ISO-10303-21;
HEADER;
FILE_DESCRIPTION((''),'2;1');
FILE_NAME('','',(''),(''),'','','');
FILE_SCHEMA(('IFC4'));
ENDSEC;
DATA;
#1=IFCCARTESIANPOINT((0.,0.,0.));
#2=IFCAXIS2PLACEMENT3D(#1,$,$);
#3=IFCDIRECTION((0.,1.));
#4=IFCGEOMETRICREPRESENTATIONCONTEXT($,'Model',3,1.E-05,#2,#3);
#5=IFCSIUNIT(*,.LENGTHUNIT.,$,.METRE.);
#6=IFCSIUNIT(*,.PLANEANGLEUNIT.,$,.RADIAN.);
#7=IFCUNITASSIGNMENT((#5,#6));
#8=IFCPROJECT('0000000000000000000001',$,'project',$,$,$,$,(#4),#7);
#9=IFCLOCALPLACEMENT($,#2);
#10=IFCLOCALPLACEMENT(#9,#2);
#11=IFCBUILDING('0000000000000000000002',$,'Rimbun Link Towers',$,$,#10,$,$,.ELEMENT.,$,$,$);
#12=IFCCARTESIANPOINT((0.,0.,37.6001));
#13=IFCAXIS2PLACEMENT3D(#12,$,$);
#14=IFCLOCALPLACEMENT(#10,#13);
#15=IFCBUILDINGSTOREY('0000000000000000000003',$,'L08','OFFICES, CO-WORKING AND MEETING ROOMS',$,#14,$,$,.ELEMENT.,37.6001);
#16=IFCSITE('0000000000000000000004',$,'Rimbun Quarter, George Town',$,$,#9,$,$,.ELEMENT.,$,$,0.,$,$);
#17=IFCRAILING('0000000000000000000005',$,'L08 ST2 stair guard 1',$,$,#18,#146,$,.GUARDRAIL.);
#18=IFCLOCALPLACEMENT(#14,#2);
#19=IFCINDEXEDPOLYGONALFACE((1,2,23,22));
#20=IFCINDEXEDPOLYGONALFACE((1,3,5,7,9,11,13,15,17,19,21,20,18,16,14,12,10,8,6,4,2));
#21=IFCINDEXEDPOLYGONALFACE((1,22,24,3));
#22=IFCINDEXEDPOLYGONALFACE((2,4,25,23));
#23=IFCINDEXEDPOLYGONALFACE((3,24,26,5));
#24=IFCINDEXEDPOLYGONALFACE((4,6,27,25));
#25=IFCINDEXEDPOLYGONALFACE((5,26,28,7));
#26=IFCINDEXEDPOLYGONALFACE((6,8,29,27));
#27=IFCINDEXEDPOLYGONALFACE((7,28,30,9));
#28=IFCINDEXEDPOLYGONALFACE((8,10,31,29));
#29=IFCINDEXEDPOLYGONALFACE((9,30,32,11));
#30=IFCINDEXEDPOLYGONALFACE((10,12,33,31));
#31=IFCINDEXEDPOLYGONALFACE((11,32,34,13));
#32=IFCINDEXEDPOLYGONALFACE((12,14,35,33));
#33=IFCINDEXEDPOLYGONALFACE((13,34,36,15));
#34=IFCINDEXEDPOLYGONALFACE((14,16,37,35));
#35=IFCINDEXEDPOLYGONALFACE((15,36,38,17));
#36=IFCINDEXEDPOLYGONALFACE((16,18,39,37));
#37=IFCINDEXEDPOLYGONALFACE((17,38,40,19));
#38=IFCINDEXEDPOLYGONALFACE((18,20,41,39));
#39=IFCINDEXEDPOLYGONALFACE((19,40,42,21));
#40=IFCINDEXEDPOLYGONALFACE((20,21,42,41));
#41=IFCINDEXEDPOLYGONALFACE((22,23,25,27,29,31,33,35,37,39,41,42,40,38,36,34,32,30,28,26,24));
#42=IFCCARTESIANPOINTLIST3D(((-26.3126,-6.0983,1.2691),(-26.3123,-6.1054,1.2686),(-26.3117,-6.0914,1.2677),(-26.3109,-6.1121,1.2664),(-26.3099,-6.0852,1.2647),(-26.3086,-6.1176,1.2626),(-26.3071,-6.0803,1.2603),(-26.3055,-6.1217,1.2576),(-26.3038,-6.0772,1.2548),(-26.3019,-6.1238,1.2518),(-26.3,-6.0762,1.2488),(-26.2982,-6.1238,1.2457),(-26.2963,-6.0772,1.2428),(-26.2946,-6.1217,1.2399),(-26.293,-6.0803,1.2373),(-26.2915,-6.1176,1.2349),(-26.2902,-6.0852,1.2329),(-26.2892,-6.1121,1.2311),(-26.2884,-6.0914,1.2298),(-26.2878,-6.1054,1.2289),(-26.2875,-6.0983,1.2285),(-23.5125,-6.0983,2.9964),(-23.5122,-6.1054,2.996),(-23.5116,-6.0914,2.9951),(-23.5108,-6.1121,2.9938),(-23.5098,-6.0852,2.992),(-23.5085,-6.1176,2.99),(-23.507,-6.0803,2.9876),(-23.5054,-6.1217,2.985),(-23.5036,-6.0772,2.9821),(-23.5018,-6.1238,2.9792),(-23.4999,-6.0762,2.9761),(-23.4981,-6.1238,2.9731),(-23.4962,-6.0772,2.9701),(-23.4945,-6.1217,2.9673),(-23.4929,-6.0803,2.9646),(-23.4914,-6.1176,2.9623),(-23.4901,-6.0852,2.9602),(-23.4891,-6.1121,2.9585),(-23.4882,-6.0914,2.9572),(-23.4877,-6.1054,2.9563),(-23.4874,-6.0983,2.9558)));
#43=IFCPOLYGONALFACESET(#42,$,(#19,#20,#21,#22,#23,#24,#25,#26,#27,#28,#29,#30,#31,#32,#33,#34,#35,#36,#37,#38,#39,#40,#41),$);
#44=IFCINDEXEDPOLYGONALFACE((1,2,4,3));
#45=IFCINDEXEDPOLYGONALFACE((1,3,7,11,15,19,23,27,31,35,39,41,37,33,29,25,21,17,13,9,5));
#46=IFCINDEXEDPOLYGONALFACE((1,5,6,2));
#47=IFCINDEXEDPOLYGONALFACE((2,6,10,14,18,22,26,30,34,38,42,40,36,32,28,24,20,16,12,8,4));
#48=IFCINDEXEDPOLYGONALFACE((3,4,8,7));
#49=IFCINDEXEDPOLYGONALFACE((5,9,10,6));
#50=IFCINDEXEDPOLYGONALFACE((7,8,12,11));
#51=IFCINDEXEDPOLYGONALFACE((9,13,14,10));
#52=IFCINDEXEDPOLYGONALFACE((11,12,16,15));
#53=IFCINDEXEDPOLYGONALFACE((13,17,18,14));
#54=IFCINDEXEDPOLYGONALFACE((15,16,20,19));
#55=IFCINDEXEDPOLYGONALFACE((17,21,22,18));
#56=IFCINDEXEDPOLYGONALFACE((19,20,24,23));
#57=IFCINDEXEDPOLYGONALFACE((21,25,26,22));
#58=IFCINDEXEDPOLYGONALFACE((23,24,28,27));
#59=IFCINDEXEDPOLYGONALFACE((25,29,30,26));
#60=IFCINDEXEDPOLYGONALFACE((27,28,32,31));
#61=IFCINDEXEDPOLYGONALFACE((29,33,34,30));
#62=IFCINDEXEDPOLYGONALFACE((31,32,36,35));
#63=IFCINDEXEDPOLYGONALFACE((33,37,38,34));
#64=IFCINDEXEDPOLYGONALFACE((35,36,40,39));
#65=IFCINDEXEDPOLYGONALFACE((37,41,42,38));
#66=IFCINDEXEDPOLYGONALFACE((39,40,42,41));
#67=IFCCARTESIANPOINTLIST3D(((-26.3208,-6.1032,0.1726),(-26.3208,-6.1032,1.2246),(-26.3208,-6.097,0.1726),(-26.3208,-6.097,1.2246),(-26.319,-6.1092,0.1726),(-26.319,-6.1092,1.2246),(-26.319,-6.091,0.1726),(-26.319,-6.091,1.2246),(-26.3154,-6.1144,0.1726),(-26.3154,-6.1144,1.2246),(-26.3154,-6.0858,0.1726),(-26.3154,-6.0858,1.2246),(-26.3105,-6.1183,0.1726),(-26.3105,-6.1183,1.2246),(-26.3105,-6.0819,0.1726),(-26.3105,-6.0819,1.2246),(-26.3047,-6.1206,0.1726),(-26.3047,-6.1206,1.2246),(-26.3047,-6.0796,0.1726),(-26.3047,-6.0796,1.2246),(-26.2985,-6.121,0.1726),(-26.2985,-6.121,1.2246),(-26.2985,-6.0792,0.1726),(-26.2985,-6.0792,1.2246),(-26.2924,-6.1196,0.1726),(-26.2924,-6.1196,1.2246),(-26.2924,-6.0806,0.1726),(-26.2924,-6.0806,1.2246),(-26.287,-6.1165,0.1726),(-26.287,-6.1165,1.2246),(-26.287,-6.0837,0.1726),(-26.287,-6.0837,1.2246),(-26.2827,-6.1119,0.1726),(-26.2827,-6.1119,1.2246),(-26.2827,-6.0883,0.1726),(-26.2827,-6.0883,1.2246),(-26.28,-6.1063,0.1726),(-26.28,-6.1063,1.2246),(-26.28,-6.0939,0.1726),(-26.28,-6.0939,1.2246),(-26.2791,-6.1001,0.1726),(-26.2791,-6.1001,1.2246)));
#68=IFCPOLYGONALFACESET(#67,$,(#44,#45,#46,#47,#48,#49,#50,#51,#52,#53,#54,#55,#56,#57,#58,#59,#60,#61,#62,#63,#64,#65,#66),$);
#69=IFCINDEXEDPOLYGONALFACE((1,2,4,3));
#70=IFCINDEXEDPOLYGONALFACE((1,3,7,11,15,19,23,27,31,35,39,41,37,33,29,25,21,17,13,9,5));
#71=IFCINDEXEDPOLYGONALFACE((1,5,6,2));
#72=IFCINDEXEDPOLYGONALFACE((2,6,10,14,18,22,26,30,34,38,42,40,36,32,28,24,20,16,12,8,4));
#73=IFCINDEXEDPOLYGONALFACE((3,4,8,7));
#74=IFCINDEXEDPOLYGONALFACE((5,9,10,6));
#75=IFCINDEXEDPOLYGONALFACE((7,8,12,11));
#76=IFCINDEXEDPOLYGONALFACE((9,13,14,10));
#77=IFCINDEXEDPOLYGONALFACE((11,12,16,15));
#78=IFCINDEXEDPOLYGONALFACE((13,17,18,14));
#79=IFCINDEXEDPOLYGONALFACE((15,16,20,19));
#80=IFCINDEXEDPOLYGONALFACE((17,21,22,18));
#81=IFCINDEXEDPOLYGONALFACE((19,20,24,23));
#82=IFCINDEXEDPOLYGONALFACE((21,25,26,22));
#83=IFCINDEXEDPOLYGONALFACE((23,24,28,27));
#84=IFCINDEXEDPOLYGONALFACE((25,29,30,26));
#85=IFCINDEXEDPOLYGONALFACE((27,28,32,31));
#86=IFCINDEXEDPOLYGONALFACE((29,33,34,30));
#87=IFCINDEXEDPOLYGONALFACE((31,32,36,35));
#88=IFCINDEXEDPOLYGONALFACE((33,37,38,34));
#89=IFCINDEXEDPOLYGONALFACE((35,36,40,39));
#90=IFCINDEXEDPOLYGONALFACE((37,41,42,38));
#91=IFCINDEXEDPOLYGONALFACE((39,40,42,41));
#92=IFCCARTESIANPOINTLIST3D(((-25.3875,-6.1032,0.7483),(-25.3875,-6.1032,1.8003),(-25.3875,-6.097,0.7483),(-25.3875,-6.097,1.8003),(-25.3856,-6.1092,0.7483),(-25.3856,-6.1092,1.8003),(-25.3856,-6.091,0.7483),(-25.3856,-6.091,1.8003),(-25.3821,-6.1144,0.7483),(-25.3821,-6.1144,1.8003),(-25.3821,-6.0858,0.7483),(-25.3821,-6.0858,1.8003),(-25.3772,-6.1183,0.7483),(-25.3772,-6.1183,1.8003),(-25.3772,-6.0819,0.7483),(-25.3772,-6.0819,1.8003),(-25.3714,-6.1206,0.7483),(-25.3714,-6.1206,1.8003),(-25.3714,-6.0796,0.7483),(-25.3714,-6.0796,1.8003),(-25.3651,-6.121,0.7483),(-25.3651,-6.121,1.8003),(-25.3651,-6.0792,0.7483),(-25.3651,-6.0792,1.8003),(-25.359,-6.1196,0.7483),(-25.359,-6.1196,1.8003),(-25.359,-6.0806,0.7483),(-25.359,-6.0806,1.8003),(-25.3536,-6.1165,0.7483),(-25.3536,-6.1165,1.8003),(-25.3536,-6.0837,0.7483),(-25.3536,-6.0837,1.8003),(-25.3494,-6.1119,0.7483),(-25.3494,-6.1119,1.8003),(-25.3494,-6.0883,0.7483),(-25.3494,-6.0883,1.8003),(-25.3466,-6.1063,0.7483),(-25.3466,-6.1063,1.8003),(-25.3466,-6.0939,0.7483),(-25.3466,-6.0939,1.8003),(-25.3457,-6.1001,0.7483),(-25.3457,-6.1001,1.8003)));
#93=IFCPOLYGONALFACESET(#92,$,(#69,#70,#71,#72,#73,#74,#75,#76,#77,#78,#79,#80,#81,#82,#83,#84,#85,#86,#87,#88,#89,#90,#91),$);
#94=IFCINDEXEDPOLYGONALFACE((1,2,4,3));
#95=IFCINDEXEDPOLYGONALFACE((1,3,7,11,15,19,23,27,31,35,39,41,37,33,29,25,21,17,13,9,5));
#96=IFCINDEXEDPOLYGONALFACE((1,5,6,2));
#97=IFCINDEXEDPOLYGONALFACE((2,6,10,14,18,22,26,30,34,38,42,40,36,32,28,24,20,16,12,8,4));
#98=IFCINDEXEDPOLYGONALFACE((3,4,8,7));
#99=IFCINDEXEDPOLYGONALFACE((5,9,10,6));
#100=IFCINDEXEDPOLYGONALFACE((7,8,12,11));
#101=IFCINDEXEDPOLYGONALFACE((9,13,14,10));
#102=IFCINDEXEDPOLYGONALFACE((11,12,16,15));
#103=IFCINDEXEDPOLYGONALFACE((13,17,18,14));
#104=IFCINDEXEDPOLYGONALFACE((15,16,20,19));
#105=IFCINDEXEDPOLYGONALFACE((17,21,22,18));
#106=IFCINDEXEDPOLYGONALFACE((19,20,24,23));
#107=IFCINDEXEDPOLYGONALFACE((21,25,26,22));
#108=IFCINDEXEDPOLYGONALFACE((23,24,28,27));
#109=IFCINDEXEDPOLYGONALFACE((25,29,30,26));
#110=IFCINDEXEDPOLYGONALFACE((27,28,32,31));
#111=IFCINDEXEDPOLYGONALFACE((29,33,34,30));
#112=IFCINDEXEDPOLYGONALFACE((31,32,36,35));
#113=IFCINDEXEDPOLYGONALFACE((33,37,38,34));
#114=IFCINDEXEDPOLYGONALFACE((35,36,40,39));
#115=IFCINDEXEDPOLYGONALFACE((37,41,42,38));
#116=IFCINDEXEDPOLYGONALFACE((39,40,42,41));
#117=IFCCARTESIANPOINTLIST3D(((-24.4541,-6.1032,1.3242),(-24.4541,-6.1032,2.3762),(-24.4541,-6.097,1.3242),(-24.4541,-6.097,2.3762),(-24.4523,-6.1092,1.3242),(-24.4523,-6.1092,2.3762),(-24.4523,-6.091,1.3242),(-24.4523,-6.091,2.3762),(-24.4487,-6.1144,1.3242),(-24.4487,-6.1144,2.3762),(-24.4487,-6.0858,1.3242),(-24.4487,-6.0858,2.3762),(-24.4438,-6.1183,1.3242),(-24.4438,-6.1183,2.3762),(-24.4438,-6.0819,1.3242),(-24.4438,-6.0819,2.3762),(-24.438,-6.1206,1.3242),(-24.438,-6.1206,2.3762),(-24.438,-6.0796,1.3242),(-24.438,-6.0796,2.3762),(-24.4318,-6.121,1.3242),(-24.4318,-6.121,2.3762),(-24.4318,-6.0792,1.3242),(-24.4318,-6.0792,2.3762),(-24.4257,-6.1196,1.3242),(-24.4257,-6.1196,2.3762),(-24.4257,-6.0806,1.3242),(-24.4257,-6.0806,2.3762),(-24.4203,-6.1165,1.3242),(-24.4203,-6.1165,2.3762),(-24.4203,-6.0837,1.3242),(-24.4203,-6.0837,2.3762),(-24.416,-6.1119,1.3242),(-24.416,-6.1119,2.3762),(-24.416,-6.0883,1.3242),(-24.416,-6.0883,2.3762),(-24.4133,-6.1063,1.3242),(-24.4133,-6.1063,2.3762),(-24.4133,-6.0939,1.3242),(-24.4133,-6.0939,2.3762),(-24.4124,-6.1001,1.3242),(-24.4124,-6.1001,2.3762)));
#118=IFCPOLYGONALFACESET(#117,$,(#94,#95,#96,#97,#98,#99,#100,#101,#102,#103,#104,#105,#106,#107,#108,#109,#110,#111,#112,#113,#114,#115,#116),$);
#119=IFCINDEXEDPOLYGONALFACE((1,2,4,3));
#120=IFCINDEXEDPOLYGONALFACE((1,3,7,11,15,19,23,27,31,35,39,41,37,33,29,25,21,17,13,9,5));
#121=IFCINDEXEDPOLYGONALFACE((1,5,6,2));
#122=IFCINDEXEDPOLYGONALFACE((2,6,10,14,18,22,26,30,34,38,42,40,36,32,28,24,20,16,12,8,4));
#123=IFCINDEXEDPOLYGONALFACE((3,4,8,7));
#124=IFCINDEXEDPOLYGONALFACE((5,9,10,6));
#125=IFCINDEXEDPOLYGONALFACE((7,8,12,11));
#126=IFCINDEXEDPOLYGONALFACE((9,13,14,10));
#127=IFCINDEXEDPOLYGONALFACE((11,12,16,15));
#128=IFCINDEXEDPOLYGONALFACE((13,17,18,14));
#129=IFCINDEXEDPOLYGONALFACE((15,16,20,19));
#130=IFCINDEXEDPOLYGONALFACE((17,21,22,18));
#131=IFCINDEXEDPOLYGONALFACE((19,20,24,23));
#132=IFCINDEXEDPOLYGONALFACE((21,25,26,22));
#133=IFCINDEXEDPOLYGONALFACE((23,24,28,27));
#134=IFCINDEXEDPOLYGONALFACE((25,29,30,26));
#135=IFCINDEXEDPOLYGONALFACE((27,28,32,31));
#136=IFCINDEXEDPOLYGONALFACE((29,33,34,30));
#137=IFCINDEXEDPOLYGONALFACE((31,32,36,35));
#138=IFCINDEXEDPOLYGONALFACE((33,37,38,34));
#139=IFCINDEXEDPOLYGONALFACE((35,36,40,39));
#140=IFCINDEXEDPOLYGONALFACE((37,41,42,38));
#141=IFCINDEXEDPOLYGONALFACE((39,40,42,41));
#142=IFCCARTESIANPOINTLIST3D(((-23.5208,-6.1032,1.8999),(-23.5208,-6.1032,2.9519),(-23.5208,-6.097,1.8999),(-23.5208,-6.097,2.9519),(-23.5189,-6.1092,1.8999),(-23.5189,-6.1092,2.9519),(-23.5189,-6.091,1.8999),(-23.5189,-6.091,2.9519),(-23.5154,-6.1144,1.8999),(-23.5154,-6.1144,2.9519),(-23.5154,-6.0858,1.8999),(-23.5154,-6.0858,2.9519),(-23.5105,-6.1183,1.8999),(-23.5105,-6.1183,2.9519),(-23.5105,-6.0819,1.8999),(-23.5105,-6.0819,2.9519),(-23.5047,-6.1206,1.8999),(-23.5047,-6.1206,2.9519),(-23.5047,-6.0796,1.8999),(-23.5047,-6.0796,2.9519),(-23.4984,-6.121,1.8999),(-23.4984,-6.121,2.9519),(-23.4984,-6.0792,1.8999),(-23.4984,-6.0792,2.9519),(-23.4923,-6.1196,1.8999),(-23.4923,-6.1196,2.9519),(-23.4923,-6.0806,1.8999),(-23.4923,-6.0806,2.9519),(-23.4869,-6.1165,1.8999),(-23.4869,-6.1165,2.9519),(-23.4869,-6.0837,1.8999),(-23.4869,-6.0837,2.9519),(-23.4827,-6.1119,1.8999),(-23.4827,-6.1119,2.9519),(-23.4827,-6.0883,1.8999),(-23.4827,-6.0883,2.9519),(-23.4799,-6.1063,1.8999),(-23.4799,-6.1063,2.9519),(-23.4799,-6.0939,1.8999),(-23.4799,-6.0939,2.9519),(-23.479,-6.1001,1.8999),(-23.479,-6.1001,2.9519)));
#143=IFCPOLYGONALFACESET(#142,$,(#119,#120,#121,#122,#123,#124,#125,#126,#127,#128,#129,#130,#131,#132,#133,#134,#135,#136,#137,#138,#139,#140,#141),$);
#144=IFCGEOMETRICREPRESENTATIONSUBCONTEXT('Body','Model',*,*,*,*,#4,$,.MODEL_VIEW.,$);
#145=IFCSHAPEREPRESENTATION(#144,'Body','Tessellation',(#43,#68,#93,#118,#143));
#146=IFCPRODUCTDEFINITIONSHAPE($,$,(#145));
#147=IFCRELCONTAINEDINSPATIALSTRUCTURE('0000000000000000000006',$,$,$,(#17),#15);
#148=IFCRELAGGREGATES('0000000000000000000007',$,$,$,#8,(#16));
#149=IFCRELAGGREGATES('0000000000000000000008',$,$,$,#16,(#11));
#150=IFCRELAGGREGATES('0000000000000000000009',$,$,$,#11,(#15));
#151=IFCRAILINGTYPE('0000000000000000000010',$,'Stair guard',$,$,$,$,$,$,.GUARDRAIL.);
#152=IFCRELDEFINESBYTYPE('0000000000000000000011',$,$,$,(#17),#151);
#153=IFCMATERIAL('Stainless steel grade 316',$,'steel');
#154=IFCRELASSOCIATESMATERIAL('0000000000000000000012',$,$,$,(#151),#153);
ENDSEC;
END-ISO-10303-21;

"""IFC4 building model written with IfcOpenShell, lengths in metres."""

from ifc_helpers import new_model, si_unit, direction, frame, origin, origin_2d, place, context, subcontext, project, spatial, circle, extrude, material, type_object, element, save


model = new_model("IFC4")

# Units and contexts
model_context = context("Model", 3, precision=1e-05, world=origin(), true_north=direction((0.0, 1.0)))
body_context = subcontext(model_context, "Body", "Model", "MODEL_VIEW")
ifc_project = project(units=[si_unit("LENGTHUNIT", "METRE"), si_unit("PLANEANGLEUNIT", "RADIAN")], contexts=[model_context])

# Site, building, storey
site_placement = place(None, origin())
site = spatial("IfcSite", under=ifc_project, at=site_placement, Name="Rimbun Quarter, George Town", CompositionType="ELEMENT", RefElevation=0.0)
building_placement = place(site_placement, origin())
building = spatial("IfcBuilding", under=site, at=building_placement, Name="Rimbun Link Towers", CompositionType="ELEMENT")
storey_placement = place(building_placement, frame((0.0, 0.0, 37.6001)))
storey = spatial("IfcBuildingStorey", under=building, at=storey_placement, Name="L08", Description="OFFICES, CO-WORKING AND MEETING ROOMS", CompositionType="ELEMENT", Elevation=37.6001)

# Railing
ifc_material_1 = material(Name="Stainless steel grade 316", Category="steel")
railing_type_1 = type_object("IfcRailingType", Name="Stair guard", PredefinedType="GUARDRAIL", material=ifc_material_1)
railing_1_placement = place(storey_placement, frame((-26.3, -6.1001, 0.1726)))
element("IfcRailing", 1, at=railing_1_placement, inside=storey, type_object=railing_type_1, Name="L08 ST2 stair guard 1", PredefinedType="GUARDRAIL", context=body_context, shape_type="SweptSolid", body=[
    extrude(circle(Radius=0.0239, at=origin_2d()), frame((0.0, 0.0, 1.0762), z_axis=(0.85109, 0.0, 0.52502), x_axis=(0.0, 1.0, 0.0)), (0.0, 0.0, 1.0), 3.29),
    extrude(circle(Radius=0.021, at=origin_2d()), origin(), (0.0, 0.0, 1.0), 1.052),
    extrude(circle(Radius=0.021, at=origin_2d()), frame((0.9333, 0.0, 0.5757)), (0.0, 0.0, 1.0), 1.052),
    extrude(circle(Radius=0.021, at=origin_2d()), frame((1.8667, 0.0, 1.1516)), (0.0, 0.0, 1.0), 1.052),
    extrude(circle(Radius=0.021, at=origin_2d()), frame((2.8, 0.0, 1.7273)), (0.0, 0.0, 1.0), 1.052),
])

save(model, "model.ifc")
